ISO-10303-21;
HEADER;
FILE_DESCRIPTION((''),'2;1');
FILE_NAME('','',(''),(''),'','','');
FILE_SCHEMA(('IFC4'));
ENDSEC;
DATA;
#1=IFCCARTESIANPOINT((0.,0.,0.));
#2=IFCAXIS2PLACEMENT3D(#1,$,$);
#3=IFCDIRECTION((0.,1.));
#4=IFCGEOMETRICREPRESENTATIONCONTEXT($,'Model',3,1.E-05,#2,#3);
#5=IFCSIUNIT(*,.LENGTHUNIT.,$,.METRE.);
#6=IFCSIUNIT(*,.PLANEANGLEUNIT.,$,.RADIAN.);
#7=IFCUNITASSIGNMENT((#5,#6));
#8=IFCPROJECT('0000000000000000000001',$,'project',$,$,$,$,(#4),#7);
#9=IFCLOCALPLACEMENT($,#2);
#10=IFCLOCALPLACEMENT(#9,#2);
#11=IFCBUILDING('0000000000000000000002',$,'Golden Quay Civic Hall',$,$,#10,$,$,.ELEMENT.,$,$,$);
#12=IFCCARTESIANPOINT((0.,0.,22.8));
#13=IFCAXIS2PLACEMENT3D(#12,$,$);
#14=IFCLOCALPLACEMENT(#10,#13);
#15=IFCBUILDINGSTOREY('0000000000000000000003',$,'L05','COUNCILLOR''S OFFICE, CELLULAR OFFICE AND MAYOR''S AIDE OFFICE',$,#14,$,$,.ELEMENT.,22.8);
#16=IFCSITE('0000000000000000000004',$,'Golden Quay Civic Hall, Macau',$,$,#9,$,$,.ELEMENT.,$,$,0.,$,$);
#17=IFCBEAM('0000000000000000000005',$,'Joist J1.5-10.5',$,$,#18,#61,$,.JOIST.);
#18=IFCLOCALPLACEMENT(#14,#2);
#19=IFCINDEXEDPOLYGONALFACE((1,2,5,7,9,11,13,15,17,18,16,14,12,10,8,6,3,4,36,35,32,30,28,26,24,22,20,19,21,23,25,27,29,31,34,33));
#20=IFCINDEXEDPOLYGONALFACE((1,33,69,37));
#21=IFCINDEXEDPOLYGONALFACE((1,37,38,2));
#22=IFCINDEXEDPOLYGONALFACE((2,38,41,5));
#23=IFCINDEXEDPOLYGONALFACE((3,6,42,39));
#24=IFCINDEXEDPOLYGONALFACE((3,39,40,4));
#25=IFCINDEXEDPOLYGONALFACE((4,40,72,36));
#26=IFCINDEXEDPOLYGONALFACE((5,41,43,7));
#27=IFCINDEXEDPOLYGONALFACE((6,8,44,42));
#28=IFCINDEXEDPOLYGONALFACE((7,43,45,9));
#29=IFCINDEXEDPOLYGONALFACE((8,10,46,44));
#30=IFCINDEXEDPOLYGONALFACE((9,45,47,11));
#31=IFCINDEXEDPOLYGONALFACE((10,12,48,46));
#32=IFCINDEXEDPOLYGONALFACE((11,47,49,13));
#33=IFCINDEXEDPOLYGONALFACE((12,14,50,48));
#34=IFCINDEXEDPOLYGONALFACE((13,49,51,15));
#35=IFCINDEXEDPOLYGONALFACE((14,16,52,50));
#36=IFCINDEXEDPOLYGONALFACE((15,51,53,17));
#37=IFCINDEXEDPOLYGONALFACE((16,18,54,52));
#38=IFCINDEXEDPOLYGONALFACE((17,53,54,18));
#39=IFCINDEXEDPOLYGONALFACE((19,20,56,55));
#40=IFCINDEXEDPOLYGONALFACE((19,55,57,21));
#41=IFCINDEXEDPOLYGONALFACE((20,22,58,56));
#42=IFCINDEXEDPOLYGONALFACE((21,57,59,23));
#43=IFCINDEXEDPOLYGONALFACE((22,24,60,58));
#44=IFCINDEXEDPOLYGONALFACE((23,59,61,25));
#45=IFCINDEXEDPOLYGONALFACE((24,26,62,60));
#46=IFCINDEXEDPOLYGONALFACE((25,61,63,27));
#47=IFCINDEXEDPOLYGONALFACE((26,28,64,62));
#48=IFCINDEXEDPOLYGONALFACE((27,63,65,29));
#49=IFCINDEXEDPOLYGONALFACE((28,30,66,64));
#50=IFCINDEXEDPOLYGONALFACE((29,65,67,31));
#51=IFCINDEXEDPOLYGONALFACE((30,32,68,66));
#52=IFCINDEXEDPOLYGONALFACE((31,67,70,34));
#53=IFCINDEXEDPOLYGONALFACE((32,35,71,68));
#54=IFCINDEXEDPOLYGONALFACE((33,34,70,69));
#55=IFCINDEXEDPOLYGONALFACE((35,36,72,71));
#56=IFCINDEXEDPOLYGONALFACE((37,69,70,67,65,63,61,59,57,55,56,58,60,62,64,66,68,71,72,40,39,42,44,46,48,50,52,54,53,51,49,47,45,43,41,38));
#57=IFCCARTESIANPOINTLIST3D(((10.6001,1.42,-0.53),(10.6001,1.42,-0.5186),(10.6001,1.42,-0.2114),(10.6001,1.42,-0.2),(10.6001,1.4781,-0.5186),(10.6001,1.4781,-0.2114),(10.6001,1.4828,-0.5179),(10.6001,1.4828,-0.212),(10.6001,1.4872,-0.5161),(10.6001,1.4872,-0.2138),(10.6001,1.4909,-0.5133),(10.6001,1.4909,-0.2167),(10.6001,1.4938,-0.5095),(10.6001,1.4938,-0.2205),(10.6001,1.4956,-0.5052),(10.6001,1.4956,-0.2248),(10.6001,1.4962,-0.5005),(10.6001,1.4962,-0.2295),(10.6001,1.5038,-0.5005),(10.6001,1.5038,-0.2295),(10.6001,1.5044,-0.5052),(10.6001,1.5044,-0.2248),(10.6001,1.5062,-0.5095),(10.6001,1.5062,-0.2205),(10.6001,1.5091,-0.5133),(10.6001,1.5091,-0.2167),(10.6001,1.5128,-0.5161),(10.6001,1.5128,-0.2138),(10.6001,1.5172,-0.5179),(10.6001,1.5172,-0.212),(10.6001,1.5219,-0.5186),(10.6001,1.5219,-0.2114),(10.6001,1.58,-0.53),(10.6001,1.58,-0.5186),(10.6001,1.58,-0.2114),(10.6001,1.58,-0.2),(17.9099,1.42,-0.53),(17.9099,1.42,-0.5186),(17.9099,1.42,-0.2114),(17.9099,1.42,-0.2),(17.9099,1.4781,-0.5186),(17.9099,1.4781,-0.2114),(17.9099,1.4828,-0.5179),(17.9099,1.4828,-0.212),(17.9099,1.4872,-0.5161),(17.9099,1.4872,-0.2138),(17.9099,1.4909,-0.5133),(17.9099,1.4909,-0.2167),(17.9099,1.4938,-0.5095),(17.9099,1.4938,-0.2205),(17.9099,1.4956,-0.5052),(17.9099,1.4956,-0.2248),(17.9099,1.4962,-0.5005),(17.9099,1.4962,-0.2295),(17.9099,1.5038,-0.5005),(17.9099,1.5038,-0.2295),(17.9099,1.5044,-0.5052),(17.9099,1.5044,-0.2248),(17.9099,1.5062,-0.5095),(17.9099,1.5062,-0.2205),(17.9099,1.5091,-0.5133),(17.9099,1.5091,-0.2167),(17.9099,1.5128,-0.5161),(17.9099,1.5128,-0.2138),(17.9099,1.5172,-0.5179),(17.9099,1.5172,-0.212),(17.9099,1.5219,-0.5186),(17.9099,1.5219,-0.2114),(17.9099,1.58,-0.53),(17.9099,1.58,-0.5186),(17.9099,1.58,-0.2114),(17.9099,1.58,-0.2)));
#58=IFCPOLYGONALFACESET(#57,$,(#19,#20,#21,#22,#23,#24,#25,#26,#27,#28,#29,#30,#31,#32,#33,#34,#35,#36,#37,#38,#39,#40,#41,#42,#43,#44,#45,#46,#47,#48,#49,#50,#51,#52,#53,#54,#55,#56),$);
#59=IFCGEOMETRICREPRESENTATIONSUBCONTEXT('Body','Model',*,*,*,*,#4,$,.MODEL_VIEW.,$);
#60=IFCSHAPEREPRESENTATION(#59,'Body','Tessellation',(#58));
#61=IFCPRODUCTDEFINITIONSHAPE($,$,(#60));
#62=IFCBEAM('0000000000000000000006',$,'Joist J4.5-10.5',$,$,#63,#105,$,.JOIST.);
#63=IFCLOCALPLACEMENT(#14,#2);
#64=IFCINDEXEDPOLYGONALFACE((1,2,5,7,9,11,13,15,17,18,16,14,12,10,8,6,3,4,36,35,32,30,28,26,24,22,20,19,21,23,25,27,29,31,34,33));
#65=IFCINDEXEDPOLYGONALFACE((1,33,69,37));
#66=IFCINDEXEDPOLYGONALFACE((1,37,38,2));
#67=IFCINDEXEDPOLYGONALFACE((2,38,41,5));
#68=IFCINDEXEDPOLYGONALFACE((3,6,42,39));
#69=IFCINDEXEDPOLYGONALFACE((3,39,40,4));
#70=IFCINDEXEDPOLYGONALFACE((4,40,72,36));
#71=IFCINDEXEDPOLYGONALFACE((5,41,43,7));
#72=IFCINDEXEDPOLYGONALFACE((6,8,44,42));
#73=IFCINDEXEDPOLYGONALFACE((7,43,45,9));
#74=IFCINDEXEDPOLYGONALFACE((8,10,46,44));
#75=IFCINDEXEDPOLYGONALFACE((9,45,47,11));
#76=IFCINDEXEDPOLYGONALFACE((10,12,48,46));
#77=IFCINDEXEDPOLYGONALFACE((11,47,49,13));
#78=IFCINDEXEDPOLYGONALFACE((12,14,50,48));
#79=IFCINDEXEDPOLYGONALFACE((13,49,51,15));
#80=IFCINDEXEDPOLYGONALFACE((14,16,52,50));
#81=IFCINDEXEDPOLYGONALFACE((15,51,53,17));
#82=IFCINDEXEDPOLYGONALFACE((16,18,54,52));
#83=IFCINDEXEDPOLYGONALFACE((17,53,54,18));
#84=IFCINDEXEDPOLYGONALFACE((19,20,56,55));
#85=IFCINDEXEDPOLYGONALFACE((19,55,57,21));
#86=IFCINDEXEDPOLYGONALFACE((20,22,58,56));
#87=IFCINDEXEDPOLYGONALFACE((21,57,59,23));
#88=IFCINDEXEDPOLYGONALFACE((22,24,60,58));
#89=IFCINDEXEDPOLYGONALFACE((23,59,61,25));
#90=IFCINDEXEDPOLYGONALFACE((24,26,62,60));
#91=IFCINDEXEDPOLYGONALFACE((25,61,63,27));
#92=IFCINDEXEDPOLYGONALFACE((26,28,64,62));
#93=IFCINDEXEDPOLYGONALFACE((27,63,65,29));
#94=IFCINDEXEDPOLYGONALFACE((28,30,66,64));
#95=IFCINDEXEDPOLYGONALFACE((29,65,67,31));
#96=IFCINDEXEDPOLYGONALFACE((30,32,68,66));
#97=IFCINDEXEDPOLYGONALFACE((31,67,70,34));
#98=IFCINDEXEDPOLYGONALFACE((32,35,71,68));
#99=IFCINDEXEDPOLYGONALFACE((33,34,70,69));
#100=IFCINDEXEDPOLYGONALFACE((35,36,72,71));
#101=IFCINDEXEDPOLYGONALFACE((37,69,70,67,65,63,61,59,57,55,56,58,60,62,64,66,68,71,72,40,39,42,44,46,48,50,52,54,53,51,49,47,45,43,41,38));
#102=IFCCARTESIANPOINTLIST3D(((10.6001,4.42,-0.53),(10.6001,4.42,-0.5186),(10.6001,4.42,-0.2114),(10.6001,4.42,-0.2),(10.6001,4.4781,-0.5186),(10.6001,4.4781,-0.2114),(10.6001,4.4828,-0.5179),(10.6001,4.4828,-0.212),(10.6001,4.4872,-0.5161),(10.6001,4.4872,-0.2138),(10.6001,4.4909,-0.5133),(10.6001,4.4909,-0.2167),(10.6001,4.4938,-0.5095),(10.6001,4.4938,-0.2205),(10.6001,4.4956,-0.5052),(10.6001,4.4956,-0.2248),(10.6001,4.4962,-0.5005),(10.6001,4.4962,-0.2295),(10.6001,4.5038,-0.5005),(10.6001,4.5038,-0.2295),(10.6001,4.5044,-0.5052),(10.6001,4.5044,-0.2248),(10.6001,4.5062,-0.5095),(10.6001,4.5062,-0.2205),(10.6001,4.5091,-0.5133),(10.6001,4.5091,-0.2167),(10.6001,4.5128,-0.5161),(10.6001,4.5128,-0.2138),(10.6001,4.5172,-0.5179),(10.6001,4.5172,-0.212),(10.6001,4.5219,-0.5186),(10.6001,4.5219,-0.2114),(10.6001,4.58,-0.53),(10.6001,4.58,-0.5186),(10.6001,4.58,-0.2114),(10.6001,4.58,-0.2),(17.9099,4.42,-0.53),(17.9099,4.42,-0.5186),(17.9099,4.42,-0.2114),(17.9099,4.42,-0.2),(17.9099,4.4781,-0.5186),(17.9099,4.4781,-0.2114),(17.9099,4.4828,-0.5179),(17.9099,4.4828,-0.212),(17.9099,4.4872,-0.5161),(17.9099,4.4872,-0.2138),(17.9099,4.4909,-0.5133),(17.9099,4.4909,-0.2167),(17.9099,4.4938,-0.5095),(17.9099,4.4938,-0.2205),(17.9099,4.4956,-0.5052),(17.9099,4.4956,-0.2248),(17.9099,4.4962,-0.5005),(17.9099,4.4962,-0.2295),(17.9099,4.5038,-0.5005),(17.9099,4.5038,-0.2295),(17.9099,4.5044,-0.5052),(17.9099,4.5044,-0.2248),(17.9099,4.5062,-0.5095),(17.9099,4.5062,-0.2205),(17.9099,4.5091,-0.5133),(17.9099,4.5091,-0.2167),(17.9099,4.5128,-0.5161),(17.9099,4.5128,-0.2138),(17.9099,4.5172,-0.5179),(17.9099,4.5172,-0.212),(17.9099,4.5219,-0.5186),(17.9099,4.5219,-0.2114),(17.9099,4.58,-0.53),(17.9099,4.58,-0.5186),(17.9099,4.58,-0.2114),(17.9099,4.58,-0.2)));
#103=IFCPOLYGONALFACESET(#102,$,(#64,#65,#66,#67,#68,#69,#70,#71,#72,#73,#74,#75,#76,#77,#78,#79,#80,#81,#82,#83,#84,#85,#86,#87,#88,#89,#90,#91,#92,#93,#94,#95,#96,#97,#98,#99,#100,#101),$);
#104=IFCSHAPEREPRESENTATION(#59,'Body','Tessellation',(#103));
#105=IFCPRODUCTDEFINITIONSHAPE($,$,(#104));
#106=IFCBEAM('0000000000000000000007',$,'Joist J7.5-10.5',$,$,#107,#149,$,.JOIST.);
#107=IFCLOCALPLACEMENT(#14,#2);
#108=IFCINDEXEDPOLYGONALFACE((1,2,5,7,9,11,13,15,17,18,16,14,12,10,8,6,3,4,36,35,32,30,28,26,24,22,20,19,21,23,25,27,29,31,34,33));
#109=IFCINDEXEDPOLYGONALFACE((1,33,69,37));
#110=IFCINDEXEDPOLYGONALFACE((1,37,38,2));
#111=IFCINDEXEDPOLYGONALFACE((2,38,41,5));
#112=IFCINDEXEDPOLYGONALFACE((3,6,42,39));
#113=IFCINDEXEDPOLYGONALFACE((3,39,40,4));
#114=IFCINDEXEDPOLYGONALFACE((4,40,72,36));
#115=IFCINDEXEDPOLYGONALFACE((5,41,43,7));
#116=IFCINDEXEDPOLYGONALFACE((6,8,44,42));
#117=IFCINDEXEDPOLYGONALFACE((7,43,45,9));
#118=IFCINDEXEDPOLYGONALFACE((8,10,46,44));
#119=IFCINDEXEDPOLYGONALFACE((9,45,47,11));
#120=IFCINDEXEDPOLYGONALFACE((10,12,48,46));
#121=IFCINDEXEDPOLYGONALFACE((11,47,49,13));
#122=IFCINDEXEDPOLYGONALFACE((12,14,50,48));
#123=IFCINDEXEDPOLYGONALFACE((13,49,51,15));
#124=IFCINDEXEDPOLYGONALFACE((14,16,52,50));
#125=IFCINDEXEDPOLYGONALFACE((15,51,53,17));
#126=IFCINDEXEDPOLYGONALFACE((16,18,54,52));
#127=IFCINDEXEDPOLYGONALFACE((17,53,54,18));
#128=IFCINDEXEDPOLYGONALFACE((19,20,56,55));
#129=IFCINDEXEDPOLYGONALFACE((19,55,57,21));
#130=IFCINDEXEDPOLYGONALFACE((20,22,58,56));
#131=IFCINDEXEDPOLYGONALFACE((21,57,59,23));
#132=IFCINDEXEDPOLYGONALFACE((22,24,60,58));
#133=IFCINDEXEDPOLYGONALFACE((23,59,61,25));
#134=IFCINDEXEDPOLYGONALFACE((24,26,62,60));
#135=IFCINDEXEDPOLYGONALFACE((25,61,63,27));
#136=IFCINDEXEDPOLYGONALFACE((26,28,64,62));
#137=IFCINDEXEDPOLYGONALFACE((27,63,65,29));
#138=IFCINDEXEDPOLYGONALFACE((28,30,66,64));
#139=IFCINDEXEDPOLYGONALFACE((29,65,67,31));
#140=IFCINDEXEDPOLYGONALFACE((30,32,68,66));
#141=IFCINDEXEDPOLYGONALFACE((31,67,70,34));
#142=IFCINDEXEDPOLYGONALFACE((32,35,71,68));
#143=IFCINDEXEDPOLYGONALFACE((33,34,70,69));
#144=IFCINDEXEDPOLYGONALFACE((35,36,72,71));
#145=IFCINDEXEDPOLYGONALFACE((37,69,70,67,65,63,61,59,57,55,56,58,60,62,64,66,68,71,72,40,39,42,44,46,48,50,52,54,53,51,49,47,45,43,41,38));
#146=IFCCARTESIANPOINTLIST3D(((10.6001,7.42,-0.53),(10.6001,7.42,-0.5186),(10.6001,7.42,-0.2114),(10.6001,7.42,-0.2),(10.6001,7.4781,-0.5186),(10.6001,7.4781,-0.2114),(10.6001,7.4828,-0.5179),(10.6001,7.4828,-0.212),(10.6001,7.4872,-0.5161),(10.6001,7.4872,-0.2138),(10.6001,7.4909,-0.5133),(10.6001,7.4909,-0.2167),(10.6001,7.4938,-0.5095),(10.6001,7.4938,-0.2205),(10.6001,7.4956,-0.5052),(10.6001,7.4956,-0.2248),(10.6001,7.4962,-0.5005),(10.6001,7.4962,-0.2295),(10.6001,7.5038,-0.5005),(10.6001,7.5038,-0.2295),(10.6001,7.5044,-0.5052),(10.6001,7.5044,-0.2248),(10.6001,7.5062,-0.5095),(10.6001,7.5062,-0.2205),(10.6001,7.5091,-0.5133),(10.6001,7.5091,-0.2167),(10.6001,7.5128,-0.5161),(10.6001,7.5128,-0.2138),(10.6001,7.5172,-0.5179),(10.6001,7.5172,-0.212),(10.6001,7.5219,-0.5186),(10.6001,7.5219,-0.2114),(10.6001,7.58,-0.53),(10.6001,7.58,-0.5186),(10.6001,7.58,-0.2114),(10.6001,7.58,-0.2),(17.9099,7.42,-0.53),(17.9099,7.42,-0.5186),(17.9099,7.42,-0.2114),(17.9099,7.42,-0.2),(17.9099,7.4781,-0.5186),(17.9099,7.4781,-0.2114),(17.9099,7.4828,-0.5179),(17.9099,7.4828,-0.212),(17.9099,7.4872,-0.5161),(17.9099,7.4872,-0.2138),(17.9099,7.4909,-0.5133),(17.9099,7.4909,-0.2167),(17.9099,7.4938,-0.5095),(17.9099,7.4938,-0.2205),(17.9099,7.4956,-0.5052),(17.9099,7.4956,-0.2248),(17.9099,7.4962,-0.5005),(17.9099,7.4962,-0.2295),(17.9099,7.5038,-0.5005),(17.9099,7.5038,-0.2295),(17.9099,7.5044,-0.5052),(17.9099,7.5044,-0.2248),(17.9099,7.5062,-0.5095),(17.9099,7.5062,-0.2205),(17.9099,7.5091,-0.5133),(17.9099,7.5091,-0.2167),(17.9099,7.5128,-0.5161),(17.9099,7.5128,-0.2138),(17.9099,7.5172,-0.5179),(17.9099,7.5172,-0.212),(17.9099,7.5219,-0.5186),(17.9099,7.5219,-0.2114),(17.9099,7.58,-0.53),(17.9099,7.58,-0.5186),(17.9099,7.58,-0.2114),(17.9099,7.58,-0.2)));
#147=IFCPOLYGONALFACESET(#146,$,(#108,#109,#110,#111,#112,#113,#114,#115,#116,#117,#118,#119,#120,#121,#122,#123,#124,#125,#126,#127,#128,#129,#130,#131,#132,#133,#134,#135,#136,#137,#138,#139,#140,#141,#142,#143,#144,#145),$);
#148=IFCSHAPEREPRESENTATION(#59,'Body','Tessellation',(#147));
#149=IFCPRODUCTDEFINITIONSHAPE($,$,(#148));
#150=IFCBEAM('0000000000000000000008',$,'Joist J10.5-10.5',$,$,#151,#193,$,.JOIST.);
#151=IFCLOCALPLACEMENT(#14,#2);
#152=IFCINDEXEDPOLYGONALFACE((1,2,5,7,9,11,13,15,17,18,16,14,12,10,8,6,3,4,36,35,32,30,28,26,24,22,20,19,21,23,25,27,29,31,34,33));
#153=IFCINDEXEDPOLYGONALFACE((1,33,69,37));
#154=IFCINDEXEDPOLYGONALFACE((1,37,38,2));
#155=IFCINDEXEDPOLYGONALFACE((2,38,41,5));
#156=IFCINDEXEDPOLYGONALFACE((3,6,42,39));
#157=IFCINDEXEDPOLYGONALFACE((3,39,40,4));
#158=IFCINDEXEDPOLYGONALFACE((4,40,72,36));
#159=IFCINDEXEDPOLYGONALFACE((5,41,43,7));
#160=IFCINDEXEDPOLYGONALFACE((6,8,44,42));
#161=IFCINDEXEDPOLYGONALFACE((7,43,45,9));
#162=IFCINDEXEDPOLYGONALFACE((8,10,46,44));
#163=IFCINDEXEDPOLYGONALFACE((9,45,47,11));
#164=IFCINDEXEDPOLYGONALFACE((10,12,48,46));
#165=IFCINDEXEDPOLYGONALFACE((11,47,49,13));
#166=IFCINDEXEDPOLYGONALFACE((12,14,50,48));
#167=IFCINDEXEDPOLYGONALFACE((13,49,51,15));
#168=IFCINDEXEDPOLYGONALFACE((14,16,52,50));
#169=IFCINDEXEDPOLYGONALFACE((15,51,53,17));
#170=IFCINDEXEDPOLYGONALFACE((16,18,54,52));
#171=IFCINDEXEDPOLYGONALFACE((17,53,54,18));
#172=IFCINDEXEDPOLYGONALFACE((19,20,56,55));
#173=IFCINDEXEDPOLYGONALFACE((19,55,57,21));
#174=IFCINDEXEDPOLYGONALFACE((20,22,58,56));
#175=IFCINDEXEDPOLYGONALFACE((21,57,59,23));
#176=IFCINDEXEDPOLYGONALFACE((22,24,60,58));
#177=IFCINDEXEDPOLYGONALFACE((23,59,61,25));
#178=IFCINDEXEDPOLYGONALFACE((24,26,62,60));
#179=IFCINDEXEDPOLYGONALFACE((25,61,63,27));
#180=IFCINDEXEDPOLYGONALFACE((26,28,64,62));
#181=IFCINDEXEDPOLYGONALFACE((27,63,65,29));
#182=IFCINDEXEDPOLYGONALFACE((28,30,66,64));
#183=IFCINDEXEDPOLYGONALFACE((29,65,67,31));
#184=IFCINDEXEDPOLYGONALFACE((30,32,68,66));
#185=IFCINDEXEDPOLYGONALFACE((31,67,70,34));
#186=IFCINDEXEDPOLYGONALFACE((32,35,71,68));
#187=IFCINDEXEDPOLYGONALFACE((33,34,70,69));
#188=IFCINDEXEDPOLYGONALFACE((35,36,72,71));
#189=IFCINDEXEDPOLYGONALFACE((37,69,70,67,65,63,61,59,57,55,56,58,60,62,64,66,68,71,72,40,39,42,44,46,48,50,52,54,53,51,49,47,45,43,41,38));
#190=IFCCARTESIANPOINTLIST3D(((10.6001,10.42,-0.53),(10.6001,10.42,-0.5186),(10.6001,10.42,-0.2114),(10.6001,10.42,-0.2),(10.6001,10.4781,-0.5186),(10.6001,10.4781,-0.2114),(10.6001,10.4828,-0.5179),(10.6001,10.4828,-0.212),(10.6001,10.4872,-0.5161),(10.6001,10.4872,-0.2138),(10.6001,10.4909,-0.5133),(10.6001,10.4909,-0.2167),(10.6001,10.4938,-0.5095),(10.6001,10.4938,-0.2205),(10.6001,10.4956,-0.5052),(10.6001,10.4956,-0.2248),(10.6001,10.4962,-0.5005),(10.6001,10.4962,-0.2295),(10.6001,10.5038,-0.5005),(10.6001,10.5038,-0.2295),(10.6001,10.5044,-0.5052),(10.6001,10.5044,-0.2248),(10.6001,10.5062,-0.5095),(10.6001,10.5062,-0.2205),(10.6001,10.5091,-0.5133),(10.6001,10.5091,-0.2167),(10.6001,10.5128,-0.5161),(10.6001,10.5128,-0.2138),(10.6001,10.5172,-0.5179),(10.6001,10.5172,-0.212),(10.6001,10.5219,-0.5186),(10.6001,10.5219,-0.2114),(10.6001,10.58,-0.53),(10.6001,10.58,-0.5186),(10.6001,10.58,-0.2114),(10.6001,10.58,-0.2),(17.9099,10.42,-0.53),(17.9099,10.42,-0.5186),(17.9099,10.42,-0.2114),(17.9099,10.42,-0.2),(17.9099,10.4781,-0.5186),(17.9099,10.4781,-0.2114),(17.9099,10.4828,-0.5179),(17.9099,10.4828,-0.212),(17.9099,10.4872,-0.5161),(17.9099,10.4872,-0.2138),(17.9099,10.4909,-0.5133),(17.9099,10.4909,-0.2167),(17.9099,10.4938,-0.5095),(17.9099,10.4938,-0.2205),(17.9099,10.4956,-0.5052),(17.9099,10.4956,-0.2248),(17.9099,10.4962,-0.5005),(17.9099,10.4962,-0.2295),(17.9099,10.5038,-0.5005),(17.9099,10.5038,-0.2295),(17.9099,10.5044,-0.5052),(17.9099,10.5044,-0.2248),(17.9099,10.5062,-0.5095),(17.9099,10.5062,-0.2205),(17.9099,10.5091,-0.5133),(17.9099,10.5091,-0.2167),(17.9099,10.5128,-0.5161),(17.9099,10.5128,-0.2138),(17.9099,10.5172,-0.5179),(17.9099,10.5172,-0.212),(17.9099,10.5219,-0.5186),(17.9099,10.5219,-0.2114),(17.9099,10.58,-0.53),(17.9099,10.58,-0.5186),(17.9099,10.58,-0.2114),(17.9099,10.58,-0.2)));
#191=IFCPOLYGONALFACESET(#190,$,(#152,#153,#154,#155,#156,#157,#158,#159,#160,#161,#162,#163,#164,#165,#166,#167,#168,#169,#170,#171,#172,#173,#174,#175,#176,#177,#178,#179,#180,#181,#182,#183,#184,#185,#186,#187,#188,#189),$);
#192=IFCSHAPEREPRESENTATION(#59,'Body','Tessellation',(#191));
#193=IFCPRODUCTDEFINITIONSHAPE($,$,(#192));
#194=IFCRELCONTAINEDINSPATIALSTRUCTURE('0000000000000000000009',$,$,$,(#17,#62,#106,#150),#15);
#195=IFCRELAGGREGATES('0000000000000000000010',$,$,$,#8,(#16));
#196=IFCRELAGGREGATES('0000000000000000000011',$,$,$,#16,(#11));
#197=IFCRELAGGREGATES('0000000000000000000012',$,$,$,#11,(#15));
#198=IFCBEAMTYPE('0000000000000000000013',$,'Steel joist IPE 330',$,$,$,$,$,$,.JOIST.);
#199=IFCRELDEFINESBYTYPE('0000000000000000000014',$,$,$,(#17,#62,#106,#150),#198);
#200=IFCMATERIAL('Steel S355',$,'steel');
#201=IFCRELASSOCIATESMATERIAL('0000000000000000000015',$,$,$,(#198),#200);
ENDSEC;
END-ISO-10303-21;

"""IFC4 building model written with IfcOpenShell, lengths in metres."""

from ifc_helpers import new_model, si_unit, direction, frame, origin, origin_2d, place, context, subcontext, project, spatial, i_section, extrude, material, material_profile, profile_set, type_object, element, save


model = new_model("IFC4")

# Units and contexts
model_context = context("Model", 3, precision=1e-05, world=origin(), true_north=direction((0.0, 1.0)))
body_context = subcontext(model_context, "Body", "Model", "MODEL_VIEW")
ifc_project = project(units=[si_unit("LENGTHUNIT", "METRE"), si_unit("PLANEANGLEUNIT", "RADIAN")], contexts=[model_context])

# Site, building, storey
site_placement = place(None, origin())
site = spatial("IfcSite", under=ifc_project, at=site_placement, Name="Golden Quay Civic Hall, Macau", CompositionType="ELEMENT", RefElevation=0.0)
building_placement = place(site_placement, origin())
building = spatial("IfcBuilding", under=site, at=building_placement, Name="Golden Quay Civic Hall", CompositionType="ELEMENT")
storey_placement = place(building_placement, frame((0.0, 0.0, 22.8)))
storey = spatial("IfcBuildingStorey", under=building, at=storey_placement, Name="L05", Description="COUNCILLOR'S OFFICE, CELLULAR OFFICE AND MAYOR'S AIDE OFFICE", CompositionType="ELEMENT", Elevation=22.8)

# Beams
ifc_material_1 = material(Name="Steel S355", Category="steel")
ifc_material_profile_1 = material_profile(ifc_material_1, i_section(OverallWidth=0.1599, OverallDepth=0.3301, WebThickness=0.0076, FlangeThickness=0.0115, FilletRadius=0.0181, at=origin_2d()), Name="IPE 330")
ifc_profile_set_1 = profile_set([ifc_material_profile_1], Name="Steel S355")
beam_type_1 = type_object("IfcBeamType", Name="Steel joist IPE 330", PredefinedType="JOIST", material=ifc_profile_set_1)
for number, where, z_axis, x_axis, name in (
    (1, (10.6001, 1.5, -0.365), (1.0, 0.0, 0.0), (0.0, 1.0, 0.0), "Joist J1.5-10.5"),
    (2, (10.6001, 4.5, -0.365), (1.0, 0.0, 0.0), (0.0, 1.0, 0.0), "Joist J4.5-10.5"),
    (3, (10.6001, 7.5, -0.365), (1.0, 0.0, 0.0), (0.0, 1.0, 0.0), "Joist J7.5-10.5"),
    (4, (10.6001, 10.5, -0.365), (1.0, 0.0, 0.0), (0.0, 1.0, 0.0), "Joist J10.5-10.5"),
):
    element("IfcBeam", number, at=place(storey_placement, frame(where, z_axis=z_axis, x_axis=x_axis)), inside=storey, type_object=beam_type_1, Name=name, PredefinedType="JOIST", context=body_context, shape_type="SweptSolid", body=[
        extrude(i_section(OverallWidth=0.1599, OverallDepth=0.3301, WebThickness=0.0076, FlangeThickness=0.0115, FilletRadius=0.0181, at=origin_2d()), origin(), (0.0, 0.0, 1.0), 7.3098),
    ])

save(model, "model.ifc")
